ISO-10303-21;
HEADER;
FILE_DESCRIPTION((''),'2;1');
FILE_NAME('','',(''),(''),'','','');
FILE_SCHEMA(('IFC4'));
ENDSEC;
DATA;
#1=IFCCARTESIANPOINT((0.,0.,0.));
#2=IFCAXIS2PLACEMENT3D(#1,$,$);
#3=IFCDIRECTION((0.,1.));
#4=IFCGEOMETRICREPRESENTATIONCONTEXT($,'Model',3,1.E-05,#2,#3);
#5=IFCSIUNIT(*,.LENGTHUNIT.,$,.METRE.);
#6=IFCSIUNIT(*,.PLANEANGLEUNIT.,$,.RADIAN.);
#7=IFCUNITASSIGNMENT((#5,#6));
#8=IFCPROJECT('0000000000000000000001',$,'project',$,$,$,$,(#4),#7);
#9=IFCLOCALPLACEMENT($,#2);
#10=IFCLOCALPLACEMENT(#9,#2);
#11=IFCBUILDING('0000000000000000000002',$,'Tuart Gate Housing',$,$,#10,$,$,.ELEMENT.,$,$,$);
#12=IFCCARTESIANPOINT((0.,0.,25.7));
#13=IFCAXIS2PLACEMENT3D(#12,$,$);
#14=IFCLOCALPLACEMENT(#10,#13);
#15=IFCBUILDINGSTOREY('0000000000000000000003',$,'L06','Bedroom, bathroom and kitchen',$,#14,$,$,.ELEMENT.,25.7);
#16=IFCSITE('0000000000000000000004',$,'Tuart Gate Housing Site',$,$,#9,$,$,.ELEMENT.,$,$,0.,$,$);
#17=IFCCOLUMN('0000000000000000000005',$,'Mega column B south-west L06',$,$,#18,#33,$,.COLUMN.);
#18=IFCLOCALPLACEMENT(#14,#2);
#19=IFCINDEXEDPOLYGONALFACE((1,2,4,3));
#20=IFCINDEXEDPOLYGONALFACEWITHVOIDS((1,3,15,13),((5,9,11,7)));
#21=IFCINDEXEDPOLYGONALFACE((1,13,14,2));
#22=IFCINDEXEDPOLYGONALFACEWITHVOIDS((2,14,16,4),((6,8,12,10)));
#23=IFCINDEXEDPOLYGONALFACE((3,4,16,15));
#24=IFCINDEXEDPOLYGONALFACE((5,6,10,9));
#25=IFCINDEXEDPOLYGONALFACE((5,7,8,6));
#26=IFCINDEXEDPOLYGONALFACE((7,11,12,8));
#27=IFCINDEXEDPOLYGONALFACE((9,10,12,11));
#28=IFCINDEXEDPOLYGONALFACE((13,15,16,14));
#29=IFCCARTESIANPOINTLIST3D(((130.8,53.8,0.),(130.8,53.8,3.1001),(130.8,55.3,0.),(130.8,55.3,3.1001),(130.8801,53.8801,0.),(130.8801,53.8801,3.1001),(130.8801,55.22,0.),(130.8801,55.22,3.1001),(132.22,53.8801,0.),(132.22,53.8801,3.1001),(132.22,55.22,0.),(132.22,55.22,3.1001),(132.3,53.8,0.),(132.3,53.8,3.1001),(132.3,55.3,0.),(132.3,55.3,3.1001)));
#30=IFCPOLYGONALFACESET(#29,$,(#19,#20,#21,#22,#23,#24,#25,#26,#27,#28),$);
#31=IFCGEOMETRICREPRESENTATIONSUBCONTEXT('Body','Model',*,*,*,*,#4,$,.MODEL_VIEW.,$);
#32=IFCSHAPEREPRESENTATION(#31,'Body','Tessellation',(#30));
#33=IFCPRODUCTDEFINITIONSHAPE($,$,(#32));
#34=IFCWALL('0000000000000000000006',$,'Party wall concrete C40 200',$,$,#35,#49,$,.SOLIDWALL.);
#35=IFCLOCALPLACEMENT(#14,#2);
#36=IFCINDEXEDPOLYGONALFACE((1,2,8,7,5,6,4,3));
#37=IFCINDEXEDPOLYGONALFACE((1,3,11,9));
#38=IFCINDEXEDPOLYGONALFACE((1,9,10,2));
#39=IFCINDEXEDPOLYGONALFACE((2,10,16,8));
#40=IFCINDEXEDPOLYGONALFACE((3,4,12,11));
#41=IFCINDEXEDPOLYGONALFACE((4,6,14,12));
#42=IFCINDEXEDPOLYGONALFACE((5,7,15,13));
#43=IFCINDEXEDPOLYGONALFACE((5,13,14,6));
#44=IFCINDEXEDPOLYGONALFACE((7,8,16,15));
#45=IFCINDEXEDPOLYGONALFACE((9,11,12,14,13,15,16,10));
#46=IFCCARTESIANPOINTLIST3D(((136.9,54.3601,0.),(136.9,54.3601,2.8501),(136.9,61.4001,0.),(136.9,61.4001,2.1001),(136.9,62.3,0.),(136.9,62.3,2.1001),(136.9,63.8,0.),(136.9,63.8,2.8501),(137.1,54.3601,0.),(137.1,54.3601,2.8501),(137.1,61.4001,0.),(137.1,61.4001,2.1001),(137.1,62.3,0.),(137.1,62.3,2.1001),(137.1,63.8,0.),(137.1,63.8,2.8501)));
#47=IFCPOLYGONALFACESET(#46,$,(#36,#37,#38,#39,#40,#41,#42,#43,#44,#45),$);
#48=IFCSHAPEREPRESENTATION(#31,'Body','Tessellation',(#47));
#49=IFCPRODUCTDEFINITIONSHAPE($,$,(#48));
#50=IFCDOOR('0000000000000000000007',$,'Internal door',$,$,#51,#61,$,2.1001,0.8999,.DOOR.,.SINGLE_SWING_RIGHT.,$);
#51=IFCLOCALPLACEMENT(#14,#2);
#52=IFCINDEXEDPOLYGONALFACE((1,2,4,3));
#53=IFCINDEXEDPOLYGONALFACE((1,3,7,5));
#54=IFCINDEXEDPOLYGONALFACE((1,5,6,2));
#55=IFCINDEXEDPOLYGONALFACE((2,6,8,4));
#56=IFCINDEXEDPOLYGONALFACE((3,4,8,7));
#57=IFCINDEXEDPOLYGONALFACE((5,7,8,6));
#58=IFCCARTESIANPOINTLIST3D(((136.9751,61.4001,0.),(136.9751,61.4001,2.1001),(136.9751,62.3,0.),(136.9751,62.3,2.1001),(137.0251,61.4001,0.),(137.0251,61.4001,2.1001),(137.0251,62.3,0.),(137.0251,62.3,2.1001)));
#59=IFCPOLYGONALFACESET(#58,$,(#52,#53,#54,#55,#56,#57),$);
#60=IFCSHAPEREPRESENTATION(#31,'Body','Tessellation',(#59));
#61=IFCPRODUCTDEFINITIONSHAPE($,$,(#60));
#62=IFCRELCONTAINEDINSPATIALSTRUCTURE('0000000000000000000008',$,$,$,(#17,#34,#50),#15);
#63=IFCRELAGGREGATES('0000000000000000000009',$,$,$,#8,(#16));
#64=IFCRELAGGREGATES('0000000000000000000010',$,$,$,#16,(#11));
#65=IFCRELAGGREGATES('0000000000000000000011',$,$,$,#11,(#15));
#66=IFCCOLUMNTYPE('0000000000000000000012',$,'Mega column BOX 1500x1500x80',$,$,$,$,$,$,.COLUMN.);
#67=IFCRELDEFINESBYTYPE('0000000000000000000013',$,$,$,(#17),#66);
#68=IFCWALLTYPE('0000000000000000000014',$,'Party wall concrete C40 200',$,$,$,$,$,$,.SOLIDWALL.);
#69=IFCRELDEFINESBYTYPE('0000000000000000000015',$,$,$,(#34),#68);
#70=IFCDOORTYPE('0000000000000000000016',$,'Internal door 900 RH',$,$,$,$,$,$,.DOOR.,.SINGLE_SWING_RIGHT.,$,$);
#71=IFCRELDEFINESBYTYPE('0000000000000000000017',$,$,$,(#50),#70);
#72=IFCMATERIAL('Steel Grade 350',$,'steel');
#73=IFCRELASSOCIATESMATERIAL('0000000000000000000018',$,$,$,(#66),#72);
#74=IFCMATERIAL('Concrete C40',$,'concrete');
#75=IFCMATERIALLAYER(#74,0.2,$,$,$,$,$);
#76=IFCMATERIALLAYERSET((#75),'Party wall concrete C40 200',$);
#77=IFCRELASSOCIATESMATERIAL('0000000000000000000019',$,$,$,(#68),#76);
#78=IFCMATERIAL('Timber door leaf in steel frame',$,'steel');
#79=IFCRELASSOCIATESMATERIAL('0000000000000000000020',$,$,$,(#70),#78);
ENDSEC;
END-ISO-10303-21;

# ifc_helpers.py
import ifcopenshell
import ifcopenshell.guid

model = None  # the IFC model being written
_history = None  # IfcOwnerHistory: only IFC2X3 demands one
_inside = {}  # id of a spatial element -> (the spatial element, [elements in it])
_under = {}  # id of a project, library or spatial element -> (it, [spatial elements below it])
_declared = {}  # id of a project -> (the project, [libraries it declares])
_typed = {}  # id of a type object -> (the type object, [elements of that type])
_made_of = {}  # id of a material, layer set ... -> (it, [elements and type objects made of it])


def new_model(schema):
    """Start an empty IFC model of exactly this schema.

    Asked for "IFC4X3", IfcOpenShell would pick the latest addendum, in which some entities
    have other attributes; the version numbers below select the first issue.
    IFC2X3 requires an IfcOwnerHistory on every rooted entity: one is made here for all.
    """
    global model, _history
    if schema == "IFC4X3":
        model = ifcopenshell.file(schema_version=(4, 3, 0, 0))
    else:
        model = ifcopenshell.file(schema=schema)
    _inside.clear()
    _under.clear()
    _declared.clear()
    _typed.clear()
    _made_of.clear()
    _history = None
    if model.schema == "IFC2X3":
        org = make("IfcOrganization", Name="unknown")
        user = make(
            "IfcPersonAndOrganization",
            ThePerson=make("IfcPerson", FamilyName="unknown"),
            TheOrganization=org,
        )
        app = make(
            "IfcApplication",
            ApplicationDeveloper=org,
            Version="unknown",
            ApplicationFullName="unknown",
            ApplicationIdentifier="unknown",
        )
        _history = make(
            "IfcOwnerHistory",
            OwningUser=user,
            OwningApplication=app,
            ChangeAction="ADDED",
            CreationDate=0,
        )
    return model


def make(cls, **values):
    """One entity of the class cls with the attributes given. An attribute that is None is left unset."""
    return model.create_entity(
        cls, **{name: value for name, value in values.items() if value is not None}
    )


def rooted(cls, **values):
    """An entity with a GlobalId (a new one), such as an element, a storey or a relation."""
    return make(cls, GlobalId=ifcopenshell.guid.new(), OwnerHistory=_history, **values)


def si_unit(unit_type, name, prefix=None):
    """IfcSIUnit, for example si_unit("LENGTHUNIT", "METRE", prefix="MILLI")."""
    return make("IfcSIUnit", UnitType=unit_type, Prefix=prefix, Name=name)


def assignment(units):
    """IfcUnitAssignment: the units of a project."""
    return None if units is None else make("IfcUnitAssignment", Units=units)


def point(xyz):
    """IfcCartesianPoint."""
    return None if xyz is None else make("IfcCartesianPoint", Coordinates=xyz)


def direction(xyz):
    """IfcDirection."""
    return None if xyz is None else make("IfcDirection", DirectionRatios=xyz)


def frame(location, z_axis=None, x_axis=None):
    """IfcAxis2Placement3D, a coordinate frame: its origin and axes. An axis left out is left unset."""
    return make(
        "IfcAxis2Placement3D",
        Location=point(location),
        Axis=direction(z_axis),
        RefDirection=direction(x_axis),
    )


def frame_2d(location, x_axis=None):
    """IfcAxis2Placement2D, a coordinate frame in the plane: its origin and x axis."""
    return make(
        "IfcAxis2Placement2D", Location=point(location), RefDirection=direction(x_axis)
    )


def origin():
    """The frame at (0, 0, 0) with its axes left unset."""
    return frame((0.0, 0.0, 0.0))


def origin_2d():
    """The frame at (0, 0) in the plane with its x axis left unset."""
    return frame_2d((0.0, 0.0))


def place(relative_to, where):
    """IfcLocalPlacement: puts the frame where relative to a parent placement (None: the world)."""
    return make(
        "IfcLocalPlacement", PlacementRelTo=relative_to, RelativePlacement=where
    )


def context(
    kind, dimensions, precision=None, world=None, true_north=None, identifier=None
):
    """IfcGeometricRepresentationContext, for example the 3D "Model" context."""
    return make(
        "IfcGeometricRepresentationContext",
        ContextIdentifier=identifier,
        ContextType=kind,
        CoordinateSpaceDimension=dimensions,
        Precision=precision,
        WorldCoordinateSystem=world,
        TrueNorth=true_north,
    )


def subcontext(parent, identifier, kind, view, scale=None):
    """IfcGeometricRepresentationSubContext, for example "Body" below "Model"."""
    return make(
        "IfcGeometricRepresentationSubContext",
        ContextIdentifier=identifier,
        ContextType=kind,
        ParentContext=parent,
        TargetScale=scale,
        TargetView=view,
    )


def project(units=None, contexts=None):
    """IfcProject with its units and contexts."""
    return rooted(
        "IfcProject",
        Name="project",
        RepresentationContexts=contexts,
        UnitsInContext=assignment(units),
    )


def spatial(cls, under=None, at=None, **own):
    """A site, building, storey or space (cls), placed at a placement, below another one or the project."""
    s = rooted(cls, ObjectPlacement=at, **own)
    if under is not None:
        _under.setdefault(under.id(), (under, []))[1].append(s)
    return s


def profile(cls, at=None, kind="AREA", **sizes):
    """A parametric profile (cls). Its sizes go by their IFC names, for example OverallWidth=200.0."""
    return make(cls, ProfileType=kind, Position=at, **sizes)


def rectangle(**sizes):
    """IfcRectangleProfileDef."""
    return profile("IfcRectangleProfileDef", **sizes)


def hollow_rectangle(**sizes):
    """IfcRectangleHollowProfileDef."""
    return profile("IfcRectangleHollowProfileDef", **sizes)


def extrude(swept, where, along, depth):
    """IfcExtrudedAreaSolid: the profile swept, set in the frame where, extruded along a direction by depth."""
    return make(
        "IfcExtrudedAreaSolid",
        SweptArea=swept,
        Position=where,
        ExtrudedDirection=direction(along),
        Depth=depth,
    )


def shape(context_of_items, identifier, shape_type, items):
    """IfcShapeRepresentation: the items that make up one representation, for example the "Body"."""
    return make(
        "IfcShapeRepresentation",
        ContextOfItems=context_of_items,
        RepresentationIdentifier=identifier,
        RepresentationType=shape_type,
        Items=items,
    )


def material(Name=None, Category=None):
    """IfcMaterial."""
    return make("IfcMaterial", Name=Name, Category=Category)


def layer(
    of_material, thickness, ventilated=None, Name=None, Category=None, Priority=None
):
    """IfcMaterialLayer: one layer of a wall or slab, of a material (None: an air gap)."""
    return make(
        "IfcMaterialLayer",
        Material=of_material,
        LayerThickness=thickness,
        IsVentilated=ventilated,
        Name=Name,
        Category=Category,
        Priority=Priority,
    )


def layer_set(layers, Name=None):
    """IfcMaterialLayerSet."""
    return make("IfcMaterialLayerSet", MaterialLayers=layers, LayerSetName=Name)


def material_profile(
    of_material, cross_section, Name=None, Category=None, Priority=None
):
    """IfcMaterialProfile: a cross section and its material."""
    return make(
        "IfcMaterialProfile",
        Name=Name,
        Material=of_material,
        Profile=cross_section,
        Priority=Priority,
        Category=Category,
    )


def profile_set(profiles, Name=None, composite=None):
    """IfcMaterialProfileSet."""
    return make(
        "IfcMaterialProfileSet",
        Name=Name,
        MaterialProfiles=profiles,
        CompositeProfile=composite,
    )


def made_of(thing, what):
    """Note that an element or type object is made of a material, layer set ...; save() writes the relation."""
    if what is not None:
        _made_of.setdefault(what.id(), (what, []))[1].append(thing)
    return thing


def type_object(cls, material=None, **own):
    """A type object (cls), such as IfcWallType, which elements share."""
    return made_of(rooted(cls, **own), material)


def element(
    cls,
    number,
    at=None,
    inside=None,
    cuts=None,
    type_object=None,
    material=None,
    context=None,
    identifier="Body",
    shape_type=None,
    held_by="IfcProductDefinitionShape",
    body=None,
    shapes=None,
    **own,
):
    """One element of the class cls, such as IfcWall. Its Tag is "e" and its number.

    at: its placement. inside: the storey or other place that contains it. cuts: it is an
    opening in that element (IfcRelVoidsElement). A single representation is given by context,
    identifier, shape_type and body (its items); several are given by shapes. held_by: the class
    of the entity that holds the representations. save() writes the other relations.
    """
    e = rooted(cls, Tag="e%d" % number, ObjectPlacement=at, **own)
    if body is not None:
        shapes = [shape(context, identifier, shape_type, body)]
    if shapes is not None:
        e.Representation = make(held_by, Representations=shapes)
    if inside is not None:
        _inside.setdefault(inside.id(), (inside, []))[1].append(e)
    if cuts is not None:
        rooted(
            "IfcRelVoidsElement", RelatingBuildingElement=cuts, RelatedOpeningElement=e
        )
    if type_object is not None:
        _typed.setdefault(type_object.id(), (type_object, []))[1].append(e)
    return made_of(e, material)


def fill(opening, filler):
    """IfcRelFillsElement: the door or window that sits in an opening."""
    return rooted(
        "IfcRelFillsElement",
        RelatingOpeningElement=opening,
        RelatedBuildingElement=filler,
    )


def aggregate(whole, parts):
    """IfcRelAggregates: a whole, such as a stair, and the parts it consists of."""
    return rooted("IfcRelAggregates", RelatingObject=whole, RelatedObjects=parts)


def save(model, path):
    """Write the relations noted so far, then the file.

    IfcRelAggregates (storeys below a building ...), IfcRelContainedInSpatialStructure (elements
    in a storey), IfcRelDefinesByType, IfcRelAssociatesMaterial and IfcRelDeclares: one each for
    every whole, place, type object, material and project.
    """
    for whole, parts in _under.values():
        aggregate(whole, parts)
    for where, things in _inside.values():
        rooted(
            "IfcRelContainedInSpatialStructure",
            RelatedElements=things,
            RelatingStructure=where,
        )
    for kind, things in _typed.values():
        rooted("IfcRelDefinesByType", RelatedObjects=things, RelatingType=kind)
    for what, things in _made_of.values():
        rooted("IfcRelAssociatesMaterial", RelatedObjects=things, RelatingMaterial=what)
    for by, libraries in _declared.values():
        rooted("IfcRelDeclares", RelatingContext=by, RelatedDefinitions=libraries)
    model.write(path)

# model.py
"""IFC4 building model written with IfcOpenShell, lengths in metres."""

from ifc_helpers import new_model, si_unit, direction, frame, frame_2d, origin, origin_2d, place, context, subcontext, project, spatial, rectangle, hollow_rectangle, extrude, material, layer, layer_set, material_profile, profile_set, type_object, element, fill, save


model = new_model("IFC4")

# Units and contexts
model_context = context("Model", 3, precision=1e-05, world=origin(), true_north=direction((0.0, 1.0)))
body_context = subcontext(model_context, "Body", "Model", "MODEL_VIEW")
ifc_project = project(units=[si_unit("LENGTHUNIT", "METRE"), si_unit("PLANEANGLEUNIT", "RADIAN")], contexts=[model_context])

# Site, building, storey
site_placement = place(None, origin())
site = spatial("IfcSite", under=ifc_project, at=site_placement, Name="Tuart Gate Housing Site", CompositionType="ELEMENT", RefElevation=0.0)
building_placement = place(site_placement, origin())
building = spatial("IfcBuilding", under=site, at=building_placement, Name="Tuart Gate Housing", CompositionType="ELEMENT")
storey_placement = place(building_placement, frame((0.0, 0.0, 25.7)))
storey = spatial("IfcBuildingStorey", under=building, at=storey_placement, Name="L06", Description="Bedroom, bathroom and kitchen", CompositionType="ELEMENT", Elevation=25.7)

# Column
ifc_material_1 = material(Name="Steel Grade 350", Category="steel")
ifc_material_profile = material_profile(ifc_material_1, hollow_rectangle(XDim=1.5, YDim=1.5, WallThickness=0.0801, at=origin_2d()), Name="BOX 1500x1500x80")
ifc_profile_set = profile_set([ifc_material_profile], Name="Steel Grade 350")
column_type = type_object("IfcColumnType", Name="Mega column BOX 1500x1500x80", PredefinedType="COLUMN", material=ifc_profile_set)
column_placement = place(storey_placement, frame((131.55, 54.55, 0.0), z_axis=(0.0, 0.0, 1.0), x_axis=(1.0, 0.0, 0.0)))
element("IfcColumn", 1, at=column_placement, inside=storey, type_object=column_type, Name="Mega column B south-west L06", PredefinedType="COLUMN", context=body_context, shape_type="SweptSolid", body=[
    extrude(hollow_rectangle(XDim=1.5, YDim=1.5, WallThickness=0.0801, at=origin_2d()), origin(), (0.0, 0.0, 1.0), 3.1001),
])

# Wall, opening, door
ifc_material_2 = material(Name="Concrete C40", Category="concrete")
ifc_layer_1 = layer(ifc_material_2, 0.2)
ifc_layer_set_1 = layer_set([ifc_layer_1], Name="Party wall concrete C40 200")
wall_type_1 = type_object("IfcWallType", Name="Party wall concrete C40 200", PredefinedType="SOLIDWALL", material=ifc_layer_set_1)
wall_1_placement = place(storey_placement, frame((137.0, 54.3601, 0.0), z_axis=(0.0, 0.0, 1.0), x_axis=(0.0, 1.0, 0.0)))
wall_1 = element("IfcWall", 2, at=wall_1_placement, inside=storey, type_object=wall_type_1, Name="Party wall concrete C40 200", PredefinedType="SOLIDWALL", context=body_context, shape_type="SweptSolid", body=[
    extrude(rectangle(XDim=9.4399, YDim=0.2, at=frame_2d((4.72, 0.0))), origin(), (0.0, 0.0, 1.0), 2.8501),
])
opening_1_placement = place(wall_1_placement, frame((7.04, 0.0, 0.0)))
opening_1 = element("IfcOpeningElement", 3, at=opening_1_placement, cuts=wall_1, PredefinedType="OPENING", context=body_context, shape_type="SweptSolid", body=[
    extrude(rectangle(XDim=0.8999, YDim=2.1001, at=frame_2d((0.45, 1.05))), frame((0.0, 0.1099, 0.0), z_axis=(0.0, -1.0, 0.0), x_axis=(1.0, 0.0, 0.0)), (0.0, 0.0, 1.0), 0.22),
])
ifc_material_3 = material(Name="Timber door leaf in steel frame", Category="steel")
door_type = type_object("IfcDoorType", Name="Internal door 900 RH", OperationType="SINGLE_SWING_RIGHT", PredefinedType="DOOR", material=ifc_material_3)
door_placement = place(opening_1_placement, frame((0.8999, 0.0, 0.0), z_axis=(0.0, 0.0, 1.0), x_axis=(-1.0, 0.0, 0.0)))
door = element("IfcDoor", 4, at=door_placement, inside=storey, type_object=door_type, Name="Internal door", OperationType="SINGLE_SWING_RIGHT", OverallHeight=2.1001, OverallWidth=0.8999, PredefinedType="DOOR", context=body_context, shape_type="SweptSolid", body=[
    extrude(rectangle(XDim=0.8999, YDim=2.1001, at=frame_2d((0.45, 1.05))), frame((0.0, 0.0251, 0.0), z_axis=(0.0, -1.0, 0.0), x_axis=(1.0, 0.0, 0.0)), (0.0, 0.0, 1.0), 0.05),
])
fill(opening_1, door)

save(model, "model.ifc")
